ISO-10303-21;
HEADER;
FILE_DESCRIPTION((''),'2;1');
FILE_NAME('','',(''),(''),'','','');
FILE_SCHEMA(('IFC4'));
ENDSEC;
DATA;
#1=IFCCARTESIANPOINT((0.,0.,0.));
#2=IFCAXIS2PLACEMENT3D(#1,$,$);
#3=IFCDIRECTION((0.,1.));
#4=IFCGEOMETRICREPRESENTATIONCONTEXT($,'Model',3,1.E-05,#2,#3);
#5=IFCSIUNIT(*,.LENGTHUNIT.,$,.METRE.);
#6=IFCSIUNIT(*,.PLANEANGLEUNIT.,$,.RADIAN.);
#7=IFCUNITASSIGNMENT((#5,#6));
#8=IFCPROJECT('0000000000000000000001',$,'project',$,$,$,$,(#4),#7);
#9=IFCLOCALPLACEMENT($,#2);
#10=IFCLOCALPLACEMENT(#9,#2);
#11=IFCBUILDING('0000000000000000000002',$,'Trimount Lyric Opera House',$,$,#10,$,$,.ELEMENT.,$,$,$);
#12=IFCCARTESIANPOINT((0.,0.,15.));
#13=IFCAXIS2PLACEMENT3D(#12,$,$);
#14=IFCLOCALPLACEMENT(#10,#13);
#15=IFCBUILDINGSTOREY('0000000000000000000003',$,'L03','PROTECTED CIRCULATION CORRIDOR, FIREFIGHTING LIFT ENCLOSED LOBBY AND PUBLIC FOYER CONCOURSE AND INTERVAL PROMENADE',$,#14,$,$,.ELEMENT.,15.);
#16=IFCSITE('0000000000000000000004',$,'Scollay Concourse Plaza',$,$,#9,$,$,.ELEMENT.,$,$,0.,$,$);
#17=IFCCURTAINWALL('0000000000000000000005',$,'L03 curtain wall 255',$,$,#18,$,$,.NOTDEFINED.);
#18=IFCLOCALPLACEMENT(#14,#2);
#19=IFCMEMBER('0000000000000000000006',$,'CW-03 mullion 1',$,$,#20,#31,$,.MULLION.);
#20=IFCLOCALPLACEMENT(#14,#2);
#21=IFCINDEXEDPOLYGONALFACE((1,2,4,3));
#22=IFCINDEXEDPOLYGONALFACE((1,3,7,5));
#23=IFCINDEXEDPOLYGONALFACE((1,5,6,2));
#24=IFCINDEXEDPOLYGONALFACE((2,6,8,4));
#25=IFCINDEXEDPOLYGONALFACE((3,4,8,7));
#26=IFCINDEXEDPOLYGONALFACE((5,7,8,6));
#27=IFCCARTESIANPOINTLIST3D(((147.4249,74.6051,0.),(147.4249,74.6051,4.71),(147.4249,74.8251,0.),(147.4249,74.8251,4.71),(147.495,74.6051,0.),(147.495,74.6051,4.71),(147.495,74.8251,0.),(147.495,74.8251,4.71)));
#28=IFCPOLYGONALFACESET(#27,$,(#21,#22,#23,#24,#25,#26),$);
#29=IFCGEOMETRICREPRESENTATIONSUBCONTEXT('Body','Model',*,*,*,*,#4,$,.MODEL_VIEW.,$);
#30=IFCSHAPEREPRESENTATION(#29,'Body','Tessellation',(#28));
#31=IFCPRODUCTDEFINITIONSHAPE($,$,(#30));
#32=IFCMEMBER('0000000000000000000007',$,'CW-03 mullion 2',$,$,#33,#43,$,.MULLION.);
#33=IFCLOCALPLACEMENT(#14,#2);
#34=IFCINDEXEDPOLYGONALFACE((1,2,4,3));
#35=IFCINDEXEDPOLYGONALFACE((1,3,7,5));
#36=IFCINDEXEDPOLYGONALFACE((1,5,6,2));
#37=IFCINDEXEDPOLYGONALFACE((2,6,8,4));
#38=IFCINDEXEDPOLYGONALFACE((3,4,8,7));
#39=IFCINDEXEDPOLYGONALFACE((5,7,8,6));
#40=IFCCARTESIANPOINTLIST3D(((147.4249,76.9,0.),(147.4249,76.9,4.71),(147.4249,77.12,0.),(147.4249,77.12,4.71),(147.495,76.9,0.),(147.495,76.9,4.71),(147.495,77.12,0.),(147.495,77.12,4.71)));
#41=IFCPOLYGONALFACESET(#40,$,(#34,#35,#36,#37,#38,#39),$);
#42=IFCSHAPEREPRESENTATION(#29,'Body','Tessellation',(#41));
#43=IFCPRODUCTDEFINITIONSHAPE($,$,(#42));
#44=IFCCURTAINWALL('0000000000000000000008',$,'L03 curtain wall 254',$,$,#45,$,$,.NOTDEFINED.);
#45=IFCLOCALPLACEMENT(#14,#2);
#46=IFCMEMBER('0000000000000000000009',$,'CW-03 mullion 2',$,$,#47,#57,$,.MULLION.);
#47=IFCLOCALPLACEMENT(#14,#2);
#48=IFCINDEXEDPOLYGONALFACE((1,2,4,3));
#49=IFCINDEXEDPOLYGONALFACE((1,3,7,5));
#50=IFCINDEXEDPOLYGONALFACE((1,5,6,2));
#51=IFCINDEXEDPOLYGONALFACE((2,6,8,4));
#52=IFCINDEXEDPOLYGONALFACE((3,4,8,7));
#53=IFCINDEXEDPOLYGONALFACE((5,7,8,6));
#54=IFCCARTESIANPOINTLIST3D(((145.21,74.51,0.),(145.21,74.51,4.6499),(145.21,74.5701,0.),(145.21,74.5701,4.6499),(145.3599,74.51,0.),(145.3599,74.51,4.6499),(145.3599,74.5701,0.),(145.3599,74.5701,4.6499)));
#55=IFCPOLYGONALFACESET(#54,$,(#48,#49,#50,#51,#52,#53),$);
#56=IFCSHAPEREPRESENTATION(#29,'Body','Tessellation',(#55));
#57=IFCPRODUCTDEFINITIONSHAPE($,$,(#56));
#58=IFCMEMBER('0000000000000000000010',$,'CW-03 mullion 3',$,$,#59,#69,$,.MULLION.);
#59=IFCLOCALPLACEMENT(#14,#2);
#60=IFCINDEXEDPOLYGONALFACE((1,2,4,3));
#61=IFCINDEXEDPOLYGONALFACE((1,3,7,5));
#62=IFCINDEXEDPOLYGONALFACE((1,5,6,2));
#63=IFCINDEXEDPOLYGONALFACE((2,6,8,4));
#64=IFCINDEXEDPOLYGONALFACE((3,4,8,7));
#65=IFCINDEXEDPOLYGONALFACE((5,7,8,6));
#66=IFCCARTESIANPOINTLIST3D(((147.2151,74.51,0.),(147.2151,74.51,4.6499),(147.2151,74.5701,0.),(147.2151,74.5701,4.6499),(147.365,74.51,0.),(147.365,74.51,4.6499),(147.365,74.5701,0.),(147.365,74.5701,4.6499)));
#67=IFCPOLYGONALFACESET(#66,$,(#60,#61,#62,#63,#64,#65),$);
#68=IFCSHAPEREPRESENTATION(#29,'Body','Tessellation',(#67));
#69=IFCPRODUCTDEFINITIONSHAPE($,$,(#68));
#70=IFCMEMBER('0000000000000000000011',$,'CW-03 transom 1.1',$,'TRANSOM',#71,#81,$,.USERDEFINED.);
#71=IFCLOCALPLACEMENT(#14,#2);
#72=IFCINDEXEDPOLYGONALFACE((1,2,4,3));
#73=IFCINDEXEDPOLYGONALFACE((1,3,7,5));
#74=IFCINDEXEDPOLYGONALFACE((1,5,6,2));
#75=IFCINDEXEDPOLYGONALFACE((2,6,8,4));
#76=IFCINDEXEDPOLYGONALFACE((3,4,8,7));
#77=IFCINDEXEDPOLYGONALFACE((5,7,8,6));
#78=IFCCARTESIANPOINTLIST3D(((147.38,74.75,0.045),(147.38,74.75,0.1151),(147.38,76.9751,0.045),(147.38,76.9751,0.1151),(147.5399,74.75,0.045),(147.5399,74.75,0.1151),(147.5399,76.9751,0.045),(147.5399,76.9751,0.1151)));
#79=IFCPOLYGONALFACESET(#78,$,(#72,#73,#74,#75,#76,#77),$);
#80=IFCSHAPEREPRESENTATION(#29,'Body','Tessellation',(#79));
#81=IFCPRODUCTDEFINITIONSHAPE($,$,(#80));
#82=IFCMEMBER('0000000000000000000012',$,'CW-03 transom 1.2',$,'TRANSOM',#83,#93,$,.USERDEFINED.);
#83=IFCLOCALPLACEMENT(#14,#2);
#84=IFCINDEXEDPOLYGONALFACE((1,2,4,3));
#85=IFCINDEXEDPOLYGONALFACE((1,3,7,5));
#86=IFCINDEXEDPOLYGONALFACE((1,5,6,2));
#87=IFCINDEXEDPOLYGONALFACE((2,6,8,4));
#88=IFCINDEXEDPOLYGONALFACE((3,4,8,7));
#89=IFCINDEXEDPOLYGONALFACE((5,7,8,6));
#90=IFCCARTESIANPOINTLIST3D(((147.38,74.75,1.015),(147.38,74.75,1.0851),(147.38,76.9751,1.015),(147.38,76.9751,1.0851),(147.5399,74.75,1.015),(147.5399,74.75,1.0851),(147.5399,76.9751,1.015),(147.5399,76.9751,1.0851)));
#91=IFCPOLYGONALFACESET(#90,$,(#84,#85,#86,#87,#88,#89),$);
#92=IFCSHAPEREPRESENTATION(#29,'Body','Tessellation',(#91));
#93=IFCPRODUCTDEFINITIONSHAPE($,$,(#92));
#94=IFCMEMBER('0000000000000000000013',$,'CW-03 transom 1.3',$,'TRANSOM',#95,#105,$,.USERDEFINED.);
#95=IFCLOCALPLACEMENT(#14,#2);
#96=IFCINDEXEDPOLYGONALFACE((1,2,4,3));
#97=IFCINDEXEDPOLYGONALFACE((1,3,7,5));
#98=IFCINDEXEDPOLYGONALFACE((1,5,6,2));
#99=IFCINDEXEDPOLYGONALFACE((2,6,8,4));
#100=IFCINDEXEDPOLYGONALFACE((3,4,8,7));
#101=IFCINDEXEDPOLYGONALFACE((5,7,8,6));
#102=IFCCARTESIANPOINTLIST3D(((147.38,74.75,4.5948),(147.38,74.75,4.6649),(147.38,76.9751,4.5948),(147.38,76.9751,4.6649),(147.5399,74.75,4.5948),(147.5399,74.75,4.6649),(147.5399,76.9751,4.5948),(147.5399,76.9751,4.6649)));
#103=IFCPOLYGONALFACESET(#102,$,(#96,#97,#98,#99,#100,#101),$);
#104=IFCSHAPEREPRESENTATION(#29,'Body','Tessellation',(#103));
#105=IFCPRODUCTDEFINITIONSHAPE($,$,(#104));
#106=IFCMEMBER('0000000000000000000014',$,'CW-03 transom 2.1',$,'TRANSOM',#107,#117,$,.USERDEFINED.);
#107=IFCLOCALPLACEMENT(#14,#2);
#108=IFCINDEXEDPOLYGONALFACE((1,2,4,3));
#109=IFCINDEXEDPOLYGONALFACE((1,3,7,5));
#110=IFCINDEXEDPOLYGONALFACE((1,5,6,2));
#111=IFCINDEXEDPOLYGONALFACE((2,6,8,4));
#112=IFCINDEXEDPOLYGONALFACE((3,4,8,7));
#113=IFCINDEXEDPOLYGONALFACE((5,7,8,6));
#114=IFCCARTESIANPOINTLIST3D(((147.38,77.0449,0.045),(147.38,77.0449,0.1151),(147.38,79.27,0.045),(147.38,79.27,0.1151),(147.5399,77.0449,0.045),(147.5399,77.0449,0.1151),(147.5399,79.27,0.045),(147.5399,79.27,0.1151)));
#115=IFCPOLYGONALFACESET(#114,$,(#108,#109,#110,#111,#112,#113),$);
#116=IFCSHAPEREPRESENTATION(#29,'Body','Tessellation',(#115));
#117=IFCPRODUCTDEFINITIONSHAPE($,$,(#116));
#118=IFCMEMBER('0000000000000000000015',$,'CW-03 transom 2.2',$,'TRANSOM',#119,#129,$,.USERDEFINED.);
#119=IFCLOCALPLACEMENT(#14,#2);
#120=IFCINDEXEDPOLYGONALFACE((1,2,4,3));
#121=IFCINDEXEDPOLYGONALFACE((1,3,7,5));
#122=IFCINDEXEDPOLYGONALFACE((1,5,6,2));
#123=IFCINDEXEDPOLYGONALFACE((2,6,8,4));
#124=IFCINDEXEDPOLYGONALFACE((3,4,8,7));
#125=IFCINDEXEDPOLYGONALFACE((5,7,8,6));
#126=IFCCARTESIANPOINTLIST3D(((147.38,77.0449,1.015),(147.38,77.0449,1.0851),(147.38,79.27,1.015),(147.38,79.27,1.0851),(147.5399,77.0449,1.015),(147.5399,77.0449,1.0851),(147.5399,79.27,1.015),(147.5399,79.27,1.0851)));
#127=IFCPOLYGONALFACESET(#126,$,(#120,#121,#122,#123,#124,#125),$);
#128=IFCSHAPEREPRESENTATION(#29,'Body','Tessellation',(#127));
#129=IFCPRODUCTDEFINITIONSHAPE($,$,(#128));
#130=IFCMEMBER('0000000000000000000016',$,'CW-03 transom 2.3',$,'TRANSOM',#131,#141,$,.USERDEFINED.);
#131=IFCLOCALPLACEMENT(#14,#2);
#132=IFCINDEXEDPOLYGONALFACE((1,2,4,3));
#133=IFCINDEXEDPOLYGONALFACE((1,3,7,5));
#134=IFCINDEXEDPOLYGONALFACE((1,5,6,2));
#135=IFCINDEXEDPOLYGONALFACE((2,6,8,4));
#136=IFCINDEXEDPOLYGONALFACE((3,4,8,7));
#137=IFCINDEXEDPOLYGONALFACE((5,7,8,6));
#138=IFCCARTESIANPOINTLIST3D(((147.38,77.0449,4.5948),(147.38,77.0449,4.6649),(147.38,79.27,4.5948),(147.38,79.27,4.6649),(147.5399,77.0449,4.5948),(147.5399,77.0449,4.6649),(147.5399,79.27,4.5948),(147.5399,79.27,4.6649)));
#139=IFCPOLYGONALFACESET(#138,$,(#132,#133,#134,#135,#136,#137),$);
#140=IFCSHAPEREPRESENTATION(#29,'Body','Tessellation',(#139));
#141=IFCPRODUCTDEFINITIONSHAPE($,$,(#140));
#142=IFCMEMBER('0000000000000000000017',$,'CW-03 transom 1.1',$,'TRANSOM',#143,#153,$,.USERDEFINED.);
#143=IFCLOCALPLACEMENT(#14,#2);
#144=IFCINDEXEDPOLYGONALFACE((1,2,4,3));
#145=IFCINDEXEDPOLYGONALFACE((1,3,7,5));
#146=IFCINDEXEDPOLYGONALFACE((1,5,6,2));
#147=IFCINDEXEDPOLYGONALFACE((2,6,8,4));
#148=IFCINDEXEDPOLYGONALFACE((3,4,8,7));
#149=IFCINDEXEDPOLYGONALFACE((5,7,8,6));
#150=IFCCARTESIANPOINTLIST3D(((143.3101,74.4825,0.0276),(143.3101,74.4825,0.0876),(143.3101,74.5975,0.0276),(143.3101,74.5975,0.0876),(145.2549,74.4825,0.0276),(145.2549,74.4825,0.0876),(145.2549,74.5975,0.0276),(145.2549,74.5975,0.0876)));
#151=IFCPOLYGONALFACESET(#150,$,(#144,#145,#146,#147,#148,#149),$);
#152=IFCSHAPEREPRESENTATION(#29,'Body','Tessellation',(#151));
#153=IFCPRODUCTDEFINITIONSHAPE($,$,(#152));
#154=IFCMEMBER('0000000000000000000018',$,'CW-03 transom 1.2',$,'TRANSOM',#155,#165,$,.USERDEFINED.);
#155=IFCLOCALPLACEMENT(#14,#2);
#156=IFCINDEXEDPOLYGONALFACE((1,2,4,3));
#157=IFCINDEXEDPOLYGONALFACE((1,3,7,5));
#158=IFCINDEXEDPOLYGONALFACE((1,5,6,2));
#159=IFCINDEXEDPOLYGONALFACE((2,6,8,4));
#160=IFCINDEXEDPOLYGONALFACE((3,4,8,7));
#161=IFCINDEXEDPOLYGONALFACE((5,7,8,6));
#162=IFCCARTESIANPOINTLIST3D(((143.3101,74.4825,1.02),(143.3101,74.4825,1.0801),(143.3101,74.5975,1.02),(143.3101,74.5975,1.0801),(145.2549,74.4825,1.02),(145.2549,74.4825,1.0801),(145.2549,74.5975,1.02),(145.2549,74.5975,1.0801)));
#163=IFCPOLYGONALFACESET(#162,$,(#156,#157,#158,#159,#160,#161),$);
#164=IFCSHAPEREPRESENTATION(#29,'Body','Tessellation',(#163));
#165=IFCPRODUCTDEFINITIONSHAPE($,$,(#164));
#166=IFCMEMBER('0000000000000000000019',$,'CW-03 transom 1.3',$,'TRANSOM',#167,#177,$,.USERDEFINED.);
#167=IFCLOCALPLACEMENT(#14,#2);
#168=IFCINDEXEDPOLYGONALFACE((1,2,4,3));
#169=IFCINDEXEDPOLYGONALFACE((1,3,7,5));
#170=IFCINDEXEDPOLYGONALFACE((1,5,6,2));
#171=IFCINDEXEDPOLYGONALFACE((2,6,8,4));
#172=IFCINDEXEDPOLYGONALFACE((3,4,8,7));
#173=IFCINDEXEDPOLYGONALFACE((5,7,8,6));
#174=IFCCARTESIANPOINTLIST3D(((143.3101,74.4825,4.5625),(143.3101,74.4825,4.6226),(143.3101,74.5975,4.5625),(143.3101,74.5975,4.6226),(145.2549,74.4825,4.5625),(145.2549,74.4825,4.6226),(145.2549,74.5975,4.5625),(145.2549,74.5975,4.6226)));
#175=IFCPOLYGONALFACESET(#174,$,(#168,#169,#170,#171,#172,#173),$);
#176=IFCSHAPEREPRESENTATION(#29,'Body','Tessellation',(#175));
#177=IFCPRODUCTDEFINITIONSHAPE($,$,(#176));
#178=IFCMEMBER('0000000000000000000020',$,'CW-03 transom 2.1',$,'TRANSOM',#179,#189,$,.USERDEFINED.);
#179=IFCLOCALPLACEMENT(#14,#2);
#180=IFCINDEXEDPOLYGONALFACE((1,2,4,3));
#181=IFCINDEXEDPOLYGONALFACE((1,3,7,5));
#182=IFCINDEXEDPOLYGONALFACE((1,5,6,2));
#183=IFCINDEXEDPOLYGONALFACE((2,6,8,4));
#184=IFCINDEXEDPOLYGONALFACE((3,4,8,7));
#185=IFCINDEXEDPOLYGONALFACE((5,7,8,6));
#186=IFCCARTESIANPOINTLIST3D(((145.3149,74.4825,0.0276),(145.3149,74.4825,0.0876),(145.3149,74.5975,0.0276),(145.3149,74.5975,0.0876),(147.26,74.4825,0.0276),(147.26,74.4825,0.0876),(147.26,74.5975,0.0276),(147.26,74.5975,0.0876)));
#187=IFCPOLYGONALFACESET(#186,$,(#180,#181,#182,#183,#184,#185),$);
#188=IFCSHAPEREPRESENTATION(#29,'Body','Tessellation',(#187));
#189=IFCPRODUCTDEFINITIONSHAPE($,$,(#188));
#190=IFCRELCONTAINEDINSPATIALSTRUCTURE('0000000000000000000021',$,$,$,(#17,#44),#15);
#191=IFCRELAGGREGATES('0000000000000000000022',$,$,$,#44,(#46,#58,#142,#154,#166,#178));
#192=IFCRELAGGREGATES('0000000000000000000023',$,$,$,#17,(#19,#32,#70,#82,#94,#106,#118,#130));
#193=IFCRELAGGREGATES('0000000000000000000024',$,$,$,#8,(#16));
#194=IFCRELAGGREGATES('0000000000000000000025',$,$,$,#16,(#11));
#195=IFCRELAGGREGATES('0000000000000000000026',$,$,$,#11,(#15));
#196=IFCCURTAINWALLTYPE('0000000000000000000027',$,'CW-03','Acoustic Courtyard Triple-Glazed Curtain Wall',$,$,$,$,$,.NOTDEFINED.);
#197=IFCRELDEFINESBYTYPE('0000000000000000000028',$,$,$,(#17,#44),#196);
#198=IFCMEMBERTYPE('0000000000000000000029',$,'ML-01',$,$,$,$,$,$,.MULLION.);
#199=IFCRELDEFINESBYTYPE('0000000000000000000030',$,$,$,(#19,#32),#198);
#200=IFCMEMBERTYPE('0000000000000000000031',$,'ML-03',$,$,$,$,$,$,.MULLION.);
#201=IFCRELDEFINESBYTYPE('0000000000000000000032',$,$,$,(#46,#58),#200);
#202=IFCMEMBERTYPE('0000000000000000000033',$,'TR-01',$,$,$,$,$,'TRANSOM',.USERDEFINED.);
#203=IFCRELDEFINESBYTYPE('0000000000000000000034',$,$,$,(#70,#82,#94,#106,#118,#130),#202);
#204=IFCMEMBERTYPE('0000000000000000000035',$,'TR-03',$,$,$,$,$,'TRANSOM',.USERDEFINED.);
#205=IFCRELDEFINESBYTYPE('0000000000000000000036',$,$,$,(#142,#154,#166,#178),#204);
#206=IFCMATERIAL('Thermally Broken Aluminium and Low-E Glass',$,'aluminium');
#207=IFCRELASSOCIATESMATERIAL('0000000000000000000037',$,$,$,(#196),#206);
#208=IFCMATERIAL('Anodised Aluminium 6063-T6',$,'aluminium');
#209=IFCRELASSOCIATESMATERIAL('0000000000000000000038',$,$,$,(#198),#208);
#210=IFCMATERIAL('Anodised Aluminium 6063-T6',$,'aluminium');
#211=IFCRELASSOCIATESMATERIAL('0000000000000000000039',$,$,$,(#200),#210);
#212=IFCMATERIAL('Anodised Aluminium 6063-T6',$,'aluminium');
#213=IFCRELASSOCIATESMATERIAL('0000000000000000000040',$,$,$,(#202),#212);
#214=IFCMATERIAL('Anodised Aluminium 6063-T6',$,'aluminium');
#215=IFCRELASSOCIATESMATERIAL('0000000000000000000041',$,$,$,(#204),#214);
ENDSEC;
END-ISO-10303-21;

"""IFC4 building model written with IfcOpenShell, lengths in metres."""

from ifc_helpers import new_model, si_unit, direction, frame, origin, origin_2d, place, context, subcontext, project, spatial, rectangle, extrude, material, material_profile, profile_set, type_object, element, aggregate, save


model = new_model("IFC4")

# Units and contexts
model_context = context("Model", 3, precision=1e-05, world=origin(), true_north=direction((0.0, 1.0)))
body_context = subcontext(model_context, "Body", "Model", "MODEL_VIEW")
ifc_project = project(units=[si_unit("LENGTHUNIT", "METRE"), si_unit("PLANEANGLEUNIT", "RADIAN")], contexts=[model_context])

# Site, building, storey
site_placement = place(None, origin())
site = spatial("IfcSite", under=ifc_project, at=site_placement, Name="Scollay Concourse Plaza", CompositionType="ELEMENT", RefElevation=0.0)
building_placement = place(site_placement, origin())
building = spatial("IfcBuilding", under=site, at=building_placement, Name="Trimount Lyric Opera House", CompositionType="ELEMENT")
storey_placement = place(building_placement, frame((0.0, 0.0, 15.0)))
storey = spatial("IfcBuildingStorey", under=building, at=storey_placement, Name="L03", Description="PROTECTED CIRCULATION CORRIDOR, FIREFIGHTING LIFT ENCLOSED LOBBY AND PUBLIC FOYER CONCOURSE AND INTERVAL PROMENADE", CompositionType="ELEMENT", Elevation=15.0)

# Curtain walls, members
ifc_material_1 = material(Name="Thermally Broken Aluminium and Low-E Glass", Category="aluminium")
curtain_wall_type = type_object("IfcCurtainWallType", Name="CW-03", Description="Acoustic Courtyard Triple-Glazed Curtain Wall", PredefinedType="NOTDEFINED", material=ifc_material_1)
curtain_wall_1_placement = place(storey_placement, origin())
curtain_wall_1 = element("IfcCurtainWall", 1, at=curtain_wall_1_placement, inside=storey, type_object=curtain_wall_type, Name="L03 curtain wall 255", PredefinedType="NOTDEFINED")
ifc_material_2 = material(Name="Anodised Aluminium 6063-T6", Category="aluminium")
ifc_material_profile_1 = material_profile(ifc_material_2, rectangle(XDim=0.0701, YDim=0.22, at=origin_2d()), Name="ALU-MULL-70X220")
ifc_profile_set_1 = profile_set([ifc_material_profile_1], Name="Anodised Aluminium 6063-T6")
member_type_1 = type_object("IfcMemberType", Name="ML-01", PredefinedType="MULLION", material=ifc_profile_set_1)
member_1_placement = place(storey_placement, frame((147.46, 74.7151, 0.0), z_axis=(0.0, 0.0, 1.0), x_axis=(-1.0, 0.0, 0.0)))
member_1 = element("IfcMember", 2, at=member_1_placement, type_object=member_type_1, Name="CW-03 mullion 1", PredefinedType="MULLION", context=body_context, shape_type="SweptSolid", body=[
    extrude(rectangle(XDim=0.0701, YDim=0.22, at=origin_2d()), origin(), (0.0, 0.0, 1.0), 4.71),
])
member_2_placement = place(storey_placement, frame((147.46, 77.01, 0.0), z_axis=(0.0, 0.0, 1.0), x_axis=(-1.0, 0.0, 0.0)))
member_2 = element("IfcMember", 3, at=member_2_placement, type_object=member_type_1, Name="CW-03 mullion 2", PredefinedType="MULLION", context=body_context, shape_type="SweptSolid", body=[
    extrude(rectangle(XDim=0.0701, YDim=0.22, at=origin_2d()), origin(), (0.0, 0.0, 1.0), 4.71),
])
curtain_wall_2_placement = place(storey_placement, origin())
curtain_wall_2 = element("IfcCurtainWall", 4, at=curtain_wall_2_placement, inside=storey, type_object=curtain_wall_type, Name="L03 curtain wall 254", PredefinedType="NOTDEFINED")
ifc_material_3 = material(Name="Anodised Aluminium 6063-T6", Category="aluminium")
ifc_material_profile_2 = material_profile(ifc_material_3, rectangle(XDim=0.0601, YDim=0.1499, at=origin_2d()), Name="ALU-MULL-60X150")
ifc_profile_set_2 = profile_set([ifc_material_profile_2], Name="Anodised Aluminium 6063-T6")
member_type_2 = type_object("IfcMemberType", Name="ML-03", PredefinedType="MULLION", material=ifc_profile_set_2)
member_3_placement = place(storey_placement, frame((145.2849, 74.54, 0.0), z_axis=(0.0, 0.0, 1.0), x_axis=(0.0, 1.0, 0.0)))
member_3 = element("IfcMember", 5, at=member_3_placement, type_object=member_type_2, Name="CW-03 mullion 2", PredefinedType="MULLION", context=body_context, shape_type="SweptSolid", body=[
    extrude(rectangle(XDim=0.0601, YDim=0.1499, at=origin_2d()), origin(), (0.0, 0.0, 1.0), 4.6499),
])
member_4_placement = place(storey_placement, frame((147.29, 74.54, 0.0), z_axis=(0.0, 0.0, 1.0), x_axis=(0.0, 1.0, 0.0)))
member_4 = element("IfcMember", 6, at=member_4_placement, type_object=member_type_2, Name="CW-03 mullion 3", PredefinedType="MULLION", context=body_context, shape_type="SweptSolid", body=[
    extrude(rectangle(XDim=0.0601, YDim=0.1499, at=origin_2d()), origin(), (0.0, 0.0, 1.0), 4.6499),
])

# Members
ifc_material_4 = material(Name="Anodised Aluminium 6063-T6", Category="aluminium")
ifc_material_profile_3 = material_profile(ifc_material_4, rectangle(XDim=0.1599, YDim=0.0701, at=origin_2d()), Name="ALU-TRAN-70X160")
ifc_profile_set_3 = profile_set([ifc_material_profile_3], Name="Anodised Aluminium 6063-T6")
member_type_3 = type_object("IfcMemberType", Name="TR-01", ElementType="TRANSOM", PredefinedType="USERDEFINED", material=ifc_profile_set_3)
member_5_placement = place(storey_placement, frame((147.46, 74.75, 0.0801), z_axis=(0.0, 1.0, 0.0), x_axis=(-1.0, 0.0, 0.0)))
member_5 = element("IfcMember", 7, at=member_5_placement, type_object=member_type_3, Name="CW-03 transom 1.1", ObjectType="TRANSOM", PredefinedType="USERDEFINED", context=body_context, shape_type="SweptSolid", body=[
    extrude(rectangle(XDim=0.1599, YDim=0.0701, at=origin_2d()), origin(), (0.0, 0.0, 1.0), 2.2251),
])
member_6_placement = place(storey_placement, frame((147.46, 74.75, 1.05), z_axis=(0.0, 1.0, 0.0), x_axis=(-1.0, 0.0, 0.0)))
member_6 = element("IfcMember", 8, at=member_6_placement, type_object=member_type_3, Name="CW-03 transom 1.2", ObjectType="TRANSOM", PredefinedType="USERDEFINED", context=body_context, shape_type="SweptSolid", body=[
    extrude(rectangle(XDim=0.1599, YDim=0.0701, at=origin_2d()), origin(), (0.0, 0.0, 1.0), 2.2251),
])
member_7_placement = place(storey_placement, frame((147.46, 74.75, 4.6299), z_axis=(0.0, 1.0, 0.0), x_axis=(-1.0, 0.0, 0.0)))
member_7 = element("IfcMember", 9, at=member_7_placement, type_object=member_type_3, Name="CW-03 transom 1.3", ObjectType="TRANSOM", PredefinedType="USERDEFINED", context=body_context, shape_type="SweptSolid", body=[
    extrude(rectangle(XDim=0.1599, YDim=0.0701, at=origin_2d()), origin(), (0.0, 0.0, 1.0), 2.2251),
])
member_8_placement = place(storey_placement, frame((147.46, 77.0449, 0.0801), z_axis=(0.0, 1.0, 0.0), x_axis=(-1.0, 0.0, 0.0)))
member_8 = element("IfcMember", 10, at=member_8_placement, type_object=member_type_3, Name="CW-03 transom 2.1", ObjectType="TRANSOM", PredefinedType="USERDEFINED", context=body_context, shape_type="SweptSolid", body=[
    extrude(rectangle(XDim=0.1599, YDim=0.0701, at=origin_2d()), origin(), (0.0, 0.0, 1.0), 2.2251),
])
member_9_placement = place(storey_placement, frame((147.46, 77.0449, 1.05), z_axis=(0.0, 1.0, 0.0), x_axis=(-1.0, 0.0, 0.0)))
member_9 = element("IfcMember", 11, at=member_9_placement, type_object=member_type_3, Name="CW-03 transom 2.2", ObjectType="TRANSOM", PredefinedType="USERDEFINED", context=body_context, shape_type="SweptSolid", body=[
    extrude(rectangle(XDim=0.1599, YDim=0.0701, at=origin_2d()), origin(), (0.0, 0.0, 1.0), 2.2251),
])
member_10_placement = place(storey_placement, frame((147.46, 77.0449, 4.6299), z_axis=(0.0, 1.0, 0.0), x_axis=(-1.0, 0.0, 0.0)))
member_10 = element("IfcMember", 12, at=member_10_placement, type_object=member_type_3, Name="CW-03 transom 2.3", ObjectType="TRANSOM", PredefinedType="USERDEFINED", context=body_context, shape_type="SweptSolid", body=[
    extrude(rectangle(XDim=0.1599, YDim=0.0701, at=origin_2d()), origin(), (0.0, 0.0, 1.0), 2.2251),
])
ifc_material_5 = material(Name="Anodised Aluminium 6063-T6", Category="aluminium")
ifc_material_profile_4 = material_profile(ifc_material_5, rectangle(XDim=0.115, YDim=0.0601, at=origin_2d()), Name="ALU-TRAN-60X115")
ifc_profile_set_4 = profile_set([ifc_material_profile_4], Name="Anodised Aluminium 6063-T6")
member_type_4 = type_object("IfcMemberType", Name="TR-03", ElementType="TRANSOM", PredefinedType="USERDEFINED", material=ifc_profile_set_4)
member_11_placement = place(storey_placement, frame((143.3101, 74.54, 0.0576), z_axis=(1.0, 0.0, 0.0), x_axis=(0.0, 1.0, 0.0)))
member_11 = element("IfcMember", 13, at=member_11_placement, type_object=member_type_4, Name="CW-03 transom 1.1", ObjectType="TRANSOM", PredefinedType="USERDEFINED", context=body_context, shape_type="SweptSolid", body=[
    extrude(rectangle(XDim=0.115, YDim=0.0601, at=origin_2d()), origin(), (0.0, 0.0, 1.0), 1.9448),
])
member_12_placement = place(storey_placement, frame((143.3101, 74.54, 1.05), z_axis=(1.0, 0.0, 0.0), x_axis=(0.0, 1.0, 0.0)))
member_12 = element("IfcMember", 14, at=member_12_placement, type_object=member_type_4, Name="CW-03 transom 1.2", ObjectType="TRANSOM", PredefinedType="USERDEFINED", context=body_context, shape_type="SweptSolid", body=[
    extrude(rectangle(XDim=0.115, YDim=0.0601, at=origin_2d()), origin(), (0.0, 0.0, 1.0), 1.9448),
])
member_13_placement = place(storey_placement, frame((143.3101, 74.54, 4.5925), z_axis=(1.0, 0.0, 0.0), x_axis=(0.0, 1.0, 0.0)))
member_13 = element("IfcMember", 15, at=member_13_placement, type_object=member_type_4, Name="CW-03 transom 1.3", ObjectType="TRANSOM", PredefinedType="USERDEFINED", context=body_context, shape_type="SweptSolid", body=[
    extrude(rectangle(XDim=0.115, YDim=0.0601, at=origin_2d()), origin(), (0.0, 0.0, 1.0), 1.9448),
])
member_14_placement = place(storey_placement, frame((145.3149, 74.54, 0.0576), z_axis=(1.0, 0.0, 0.0), x_axis=(0.0, 1.0, 0.0)))
member_14 = element("IfcMember", 16, at=member_14_placement, type_object=member_type_4, Name="CW-03 transom 2.1", ObjectType="TRANSOM", PredefinedType="USERDEFINED", context=body_context, shape_type="SweptSolid", body=[
    extrude(rectangle(XDim=0.115, YDim=0.0601, at=origin_2d()), origin(), (0.0, 0.0, 1.0), 1.9451),
])

aggregate(curtain_wall_2, [member_3, member_4, member_11, member_12, member_13, member_14])
aggregate(curtain_wall_1, [member_1, member_2, member_5, member_6, member_7, member_8, member_9, member_10])

save(model, "model.ifc")
